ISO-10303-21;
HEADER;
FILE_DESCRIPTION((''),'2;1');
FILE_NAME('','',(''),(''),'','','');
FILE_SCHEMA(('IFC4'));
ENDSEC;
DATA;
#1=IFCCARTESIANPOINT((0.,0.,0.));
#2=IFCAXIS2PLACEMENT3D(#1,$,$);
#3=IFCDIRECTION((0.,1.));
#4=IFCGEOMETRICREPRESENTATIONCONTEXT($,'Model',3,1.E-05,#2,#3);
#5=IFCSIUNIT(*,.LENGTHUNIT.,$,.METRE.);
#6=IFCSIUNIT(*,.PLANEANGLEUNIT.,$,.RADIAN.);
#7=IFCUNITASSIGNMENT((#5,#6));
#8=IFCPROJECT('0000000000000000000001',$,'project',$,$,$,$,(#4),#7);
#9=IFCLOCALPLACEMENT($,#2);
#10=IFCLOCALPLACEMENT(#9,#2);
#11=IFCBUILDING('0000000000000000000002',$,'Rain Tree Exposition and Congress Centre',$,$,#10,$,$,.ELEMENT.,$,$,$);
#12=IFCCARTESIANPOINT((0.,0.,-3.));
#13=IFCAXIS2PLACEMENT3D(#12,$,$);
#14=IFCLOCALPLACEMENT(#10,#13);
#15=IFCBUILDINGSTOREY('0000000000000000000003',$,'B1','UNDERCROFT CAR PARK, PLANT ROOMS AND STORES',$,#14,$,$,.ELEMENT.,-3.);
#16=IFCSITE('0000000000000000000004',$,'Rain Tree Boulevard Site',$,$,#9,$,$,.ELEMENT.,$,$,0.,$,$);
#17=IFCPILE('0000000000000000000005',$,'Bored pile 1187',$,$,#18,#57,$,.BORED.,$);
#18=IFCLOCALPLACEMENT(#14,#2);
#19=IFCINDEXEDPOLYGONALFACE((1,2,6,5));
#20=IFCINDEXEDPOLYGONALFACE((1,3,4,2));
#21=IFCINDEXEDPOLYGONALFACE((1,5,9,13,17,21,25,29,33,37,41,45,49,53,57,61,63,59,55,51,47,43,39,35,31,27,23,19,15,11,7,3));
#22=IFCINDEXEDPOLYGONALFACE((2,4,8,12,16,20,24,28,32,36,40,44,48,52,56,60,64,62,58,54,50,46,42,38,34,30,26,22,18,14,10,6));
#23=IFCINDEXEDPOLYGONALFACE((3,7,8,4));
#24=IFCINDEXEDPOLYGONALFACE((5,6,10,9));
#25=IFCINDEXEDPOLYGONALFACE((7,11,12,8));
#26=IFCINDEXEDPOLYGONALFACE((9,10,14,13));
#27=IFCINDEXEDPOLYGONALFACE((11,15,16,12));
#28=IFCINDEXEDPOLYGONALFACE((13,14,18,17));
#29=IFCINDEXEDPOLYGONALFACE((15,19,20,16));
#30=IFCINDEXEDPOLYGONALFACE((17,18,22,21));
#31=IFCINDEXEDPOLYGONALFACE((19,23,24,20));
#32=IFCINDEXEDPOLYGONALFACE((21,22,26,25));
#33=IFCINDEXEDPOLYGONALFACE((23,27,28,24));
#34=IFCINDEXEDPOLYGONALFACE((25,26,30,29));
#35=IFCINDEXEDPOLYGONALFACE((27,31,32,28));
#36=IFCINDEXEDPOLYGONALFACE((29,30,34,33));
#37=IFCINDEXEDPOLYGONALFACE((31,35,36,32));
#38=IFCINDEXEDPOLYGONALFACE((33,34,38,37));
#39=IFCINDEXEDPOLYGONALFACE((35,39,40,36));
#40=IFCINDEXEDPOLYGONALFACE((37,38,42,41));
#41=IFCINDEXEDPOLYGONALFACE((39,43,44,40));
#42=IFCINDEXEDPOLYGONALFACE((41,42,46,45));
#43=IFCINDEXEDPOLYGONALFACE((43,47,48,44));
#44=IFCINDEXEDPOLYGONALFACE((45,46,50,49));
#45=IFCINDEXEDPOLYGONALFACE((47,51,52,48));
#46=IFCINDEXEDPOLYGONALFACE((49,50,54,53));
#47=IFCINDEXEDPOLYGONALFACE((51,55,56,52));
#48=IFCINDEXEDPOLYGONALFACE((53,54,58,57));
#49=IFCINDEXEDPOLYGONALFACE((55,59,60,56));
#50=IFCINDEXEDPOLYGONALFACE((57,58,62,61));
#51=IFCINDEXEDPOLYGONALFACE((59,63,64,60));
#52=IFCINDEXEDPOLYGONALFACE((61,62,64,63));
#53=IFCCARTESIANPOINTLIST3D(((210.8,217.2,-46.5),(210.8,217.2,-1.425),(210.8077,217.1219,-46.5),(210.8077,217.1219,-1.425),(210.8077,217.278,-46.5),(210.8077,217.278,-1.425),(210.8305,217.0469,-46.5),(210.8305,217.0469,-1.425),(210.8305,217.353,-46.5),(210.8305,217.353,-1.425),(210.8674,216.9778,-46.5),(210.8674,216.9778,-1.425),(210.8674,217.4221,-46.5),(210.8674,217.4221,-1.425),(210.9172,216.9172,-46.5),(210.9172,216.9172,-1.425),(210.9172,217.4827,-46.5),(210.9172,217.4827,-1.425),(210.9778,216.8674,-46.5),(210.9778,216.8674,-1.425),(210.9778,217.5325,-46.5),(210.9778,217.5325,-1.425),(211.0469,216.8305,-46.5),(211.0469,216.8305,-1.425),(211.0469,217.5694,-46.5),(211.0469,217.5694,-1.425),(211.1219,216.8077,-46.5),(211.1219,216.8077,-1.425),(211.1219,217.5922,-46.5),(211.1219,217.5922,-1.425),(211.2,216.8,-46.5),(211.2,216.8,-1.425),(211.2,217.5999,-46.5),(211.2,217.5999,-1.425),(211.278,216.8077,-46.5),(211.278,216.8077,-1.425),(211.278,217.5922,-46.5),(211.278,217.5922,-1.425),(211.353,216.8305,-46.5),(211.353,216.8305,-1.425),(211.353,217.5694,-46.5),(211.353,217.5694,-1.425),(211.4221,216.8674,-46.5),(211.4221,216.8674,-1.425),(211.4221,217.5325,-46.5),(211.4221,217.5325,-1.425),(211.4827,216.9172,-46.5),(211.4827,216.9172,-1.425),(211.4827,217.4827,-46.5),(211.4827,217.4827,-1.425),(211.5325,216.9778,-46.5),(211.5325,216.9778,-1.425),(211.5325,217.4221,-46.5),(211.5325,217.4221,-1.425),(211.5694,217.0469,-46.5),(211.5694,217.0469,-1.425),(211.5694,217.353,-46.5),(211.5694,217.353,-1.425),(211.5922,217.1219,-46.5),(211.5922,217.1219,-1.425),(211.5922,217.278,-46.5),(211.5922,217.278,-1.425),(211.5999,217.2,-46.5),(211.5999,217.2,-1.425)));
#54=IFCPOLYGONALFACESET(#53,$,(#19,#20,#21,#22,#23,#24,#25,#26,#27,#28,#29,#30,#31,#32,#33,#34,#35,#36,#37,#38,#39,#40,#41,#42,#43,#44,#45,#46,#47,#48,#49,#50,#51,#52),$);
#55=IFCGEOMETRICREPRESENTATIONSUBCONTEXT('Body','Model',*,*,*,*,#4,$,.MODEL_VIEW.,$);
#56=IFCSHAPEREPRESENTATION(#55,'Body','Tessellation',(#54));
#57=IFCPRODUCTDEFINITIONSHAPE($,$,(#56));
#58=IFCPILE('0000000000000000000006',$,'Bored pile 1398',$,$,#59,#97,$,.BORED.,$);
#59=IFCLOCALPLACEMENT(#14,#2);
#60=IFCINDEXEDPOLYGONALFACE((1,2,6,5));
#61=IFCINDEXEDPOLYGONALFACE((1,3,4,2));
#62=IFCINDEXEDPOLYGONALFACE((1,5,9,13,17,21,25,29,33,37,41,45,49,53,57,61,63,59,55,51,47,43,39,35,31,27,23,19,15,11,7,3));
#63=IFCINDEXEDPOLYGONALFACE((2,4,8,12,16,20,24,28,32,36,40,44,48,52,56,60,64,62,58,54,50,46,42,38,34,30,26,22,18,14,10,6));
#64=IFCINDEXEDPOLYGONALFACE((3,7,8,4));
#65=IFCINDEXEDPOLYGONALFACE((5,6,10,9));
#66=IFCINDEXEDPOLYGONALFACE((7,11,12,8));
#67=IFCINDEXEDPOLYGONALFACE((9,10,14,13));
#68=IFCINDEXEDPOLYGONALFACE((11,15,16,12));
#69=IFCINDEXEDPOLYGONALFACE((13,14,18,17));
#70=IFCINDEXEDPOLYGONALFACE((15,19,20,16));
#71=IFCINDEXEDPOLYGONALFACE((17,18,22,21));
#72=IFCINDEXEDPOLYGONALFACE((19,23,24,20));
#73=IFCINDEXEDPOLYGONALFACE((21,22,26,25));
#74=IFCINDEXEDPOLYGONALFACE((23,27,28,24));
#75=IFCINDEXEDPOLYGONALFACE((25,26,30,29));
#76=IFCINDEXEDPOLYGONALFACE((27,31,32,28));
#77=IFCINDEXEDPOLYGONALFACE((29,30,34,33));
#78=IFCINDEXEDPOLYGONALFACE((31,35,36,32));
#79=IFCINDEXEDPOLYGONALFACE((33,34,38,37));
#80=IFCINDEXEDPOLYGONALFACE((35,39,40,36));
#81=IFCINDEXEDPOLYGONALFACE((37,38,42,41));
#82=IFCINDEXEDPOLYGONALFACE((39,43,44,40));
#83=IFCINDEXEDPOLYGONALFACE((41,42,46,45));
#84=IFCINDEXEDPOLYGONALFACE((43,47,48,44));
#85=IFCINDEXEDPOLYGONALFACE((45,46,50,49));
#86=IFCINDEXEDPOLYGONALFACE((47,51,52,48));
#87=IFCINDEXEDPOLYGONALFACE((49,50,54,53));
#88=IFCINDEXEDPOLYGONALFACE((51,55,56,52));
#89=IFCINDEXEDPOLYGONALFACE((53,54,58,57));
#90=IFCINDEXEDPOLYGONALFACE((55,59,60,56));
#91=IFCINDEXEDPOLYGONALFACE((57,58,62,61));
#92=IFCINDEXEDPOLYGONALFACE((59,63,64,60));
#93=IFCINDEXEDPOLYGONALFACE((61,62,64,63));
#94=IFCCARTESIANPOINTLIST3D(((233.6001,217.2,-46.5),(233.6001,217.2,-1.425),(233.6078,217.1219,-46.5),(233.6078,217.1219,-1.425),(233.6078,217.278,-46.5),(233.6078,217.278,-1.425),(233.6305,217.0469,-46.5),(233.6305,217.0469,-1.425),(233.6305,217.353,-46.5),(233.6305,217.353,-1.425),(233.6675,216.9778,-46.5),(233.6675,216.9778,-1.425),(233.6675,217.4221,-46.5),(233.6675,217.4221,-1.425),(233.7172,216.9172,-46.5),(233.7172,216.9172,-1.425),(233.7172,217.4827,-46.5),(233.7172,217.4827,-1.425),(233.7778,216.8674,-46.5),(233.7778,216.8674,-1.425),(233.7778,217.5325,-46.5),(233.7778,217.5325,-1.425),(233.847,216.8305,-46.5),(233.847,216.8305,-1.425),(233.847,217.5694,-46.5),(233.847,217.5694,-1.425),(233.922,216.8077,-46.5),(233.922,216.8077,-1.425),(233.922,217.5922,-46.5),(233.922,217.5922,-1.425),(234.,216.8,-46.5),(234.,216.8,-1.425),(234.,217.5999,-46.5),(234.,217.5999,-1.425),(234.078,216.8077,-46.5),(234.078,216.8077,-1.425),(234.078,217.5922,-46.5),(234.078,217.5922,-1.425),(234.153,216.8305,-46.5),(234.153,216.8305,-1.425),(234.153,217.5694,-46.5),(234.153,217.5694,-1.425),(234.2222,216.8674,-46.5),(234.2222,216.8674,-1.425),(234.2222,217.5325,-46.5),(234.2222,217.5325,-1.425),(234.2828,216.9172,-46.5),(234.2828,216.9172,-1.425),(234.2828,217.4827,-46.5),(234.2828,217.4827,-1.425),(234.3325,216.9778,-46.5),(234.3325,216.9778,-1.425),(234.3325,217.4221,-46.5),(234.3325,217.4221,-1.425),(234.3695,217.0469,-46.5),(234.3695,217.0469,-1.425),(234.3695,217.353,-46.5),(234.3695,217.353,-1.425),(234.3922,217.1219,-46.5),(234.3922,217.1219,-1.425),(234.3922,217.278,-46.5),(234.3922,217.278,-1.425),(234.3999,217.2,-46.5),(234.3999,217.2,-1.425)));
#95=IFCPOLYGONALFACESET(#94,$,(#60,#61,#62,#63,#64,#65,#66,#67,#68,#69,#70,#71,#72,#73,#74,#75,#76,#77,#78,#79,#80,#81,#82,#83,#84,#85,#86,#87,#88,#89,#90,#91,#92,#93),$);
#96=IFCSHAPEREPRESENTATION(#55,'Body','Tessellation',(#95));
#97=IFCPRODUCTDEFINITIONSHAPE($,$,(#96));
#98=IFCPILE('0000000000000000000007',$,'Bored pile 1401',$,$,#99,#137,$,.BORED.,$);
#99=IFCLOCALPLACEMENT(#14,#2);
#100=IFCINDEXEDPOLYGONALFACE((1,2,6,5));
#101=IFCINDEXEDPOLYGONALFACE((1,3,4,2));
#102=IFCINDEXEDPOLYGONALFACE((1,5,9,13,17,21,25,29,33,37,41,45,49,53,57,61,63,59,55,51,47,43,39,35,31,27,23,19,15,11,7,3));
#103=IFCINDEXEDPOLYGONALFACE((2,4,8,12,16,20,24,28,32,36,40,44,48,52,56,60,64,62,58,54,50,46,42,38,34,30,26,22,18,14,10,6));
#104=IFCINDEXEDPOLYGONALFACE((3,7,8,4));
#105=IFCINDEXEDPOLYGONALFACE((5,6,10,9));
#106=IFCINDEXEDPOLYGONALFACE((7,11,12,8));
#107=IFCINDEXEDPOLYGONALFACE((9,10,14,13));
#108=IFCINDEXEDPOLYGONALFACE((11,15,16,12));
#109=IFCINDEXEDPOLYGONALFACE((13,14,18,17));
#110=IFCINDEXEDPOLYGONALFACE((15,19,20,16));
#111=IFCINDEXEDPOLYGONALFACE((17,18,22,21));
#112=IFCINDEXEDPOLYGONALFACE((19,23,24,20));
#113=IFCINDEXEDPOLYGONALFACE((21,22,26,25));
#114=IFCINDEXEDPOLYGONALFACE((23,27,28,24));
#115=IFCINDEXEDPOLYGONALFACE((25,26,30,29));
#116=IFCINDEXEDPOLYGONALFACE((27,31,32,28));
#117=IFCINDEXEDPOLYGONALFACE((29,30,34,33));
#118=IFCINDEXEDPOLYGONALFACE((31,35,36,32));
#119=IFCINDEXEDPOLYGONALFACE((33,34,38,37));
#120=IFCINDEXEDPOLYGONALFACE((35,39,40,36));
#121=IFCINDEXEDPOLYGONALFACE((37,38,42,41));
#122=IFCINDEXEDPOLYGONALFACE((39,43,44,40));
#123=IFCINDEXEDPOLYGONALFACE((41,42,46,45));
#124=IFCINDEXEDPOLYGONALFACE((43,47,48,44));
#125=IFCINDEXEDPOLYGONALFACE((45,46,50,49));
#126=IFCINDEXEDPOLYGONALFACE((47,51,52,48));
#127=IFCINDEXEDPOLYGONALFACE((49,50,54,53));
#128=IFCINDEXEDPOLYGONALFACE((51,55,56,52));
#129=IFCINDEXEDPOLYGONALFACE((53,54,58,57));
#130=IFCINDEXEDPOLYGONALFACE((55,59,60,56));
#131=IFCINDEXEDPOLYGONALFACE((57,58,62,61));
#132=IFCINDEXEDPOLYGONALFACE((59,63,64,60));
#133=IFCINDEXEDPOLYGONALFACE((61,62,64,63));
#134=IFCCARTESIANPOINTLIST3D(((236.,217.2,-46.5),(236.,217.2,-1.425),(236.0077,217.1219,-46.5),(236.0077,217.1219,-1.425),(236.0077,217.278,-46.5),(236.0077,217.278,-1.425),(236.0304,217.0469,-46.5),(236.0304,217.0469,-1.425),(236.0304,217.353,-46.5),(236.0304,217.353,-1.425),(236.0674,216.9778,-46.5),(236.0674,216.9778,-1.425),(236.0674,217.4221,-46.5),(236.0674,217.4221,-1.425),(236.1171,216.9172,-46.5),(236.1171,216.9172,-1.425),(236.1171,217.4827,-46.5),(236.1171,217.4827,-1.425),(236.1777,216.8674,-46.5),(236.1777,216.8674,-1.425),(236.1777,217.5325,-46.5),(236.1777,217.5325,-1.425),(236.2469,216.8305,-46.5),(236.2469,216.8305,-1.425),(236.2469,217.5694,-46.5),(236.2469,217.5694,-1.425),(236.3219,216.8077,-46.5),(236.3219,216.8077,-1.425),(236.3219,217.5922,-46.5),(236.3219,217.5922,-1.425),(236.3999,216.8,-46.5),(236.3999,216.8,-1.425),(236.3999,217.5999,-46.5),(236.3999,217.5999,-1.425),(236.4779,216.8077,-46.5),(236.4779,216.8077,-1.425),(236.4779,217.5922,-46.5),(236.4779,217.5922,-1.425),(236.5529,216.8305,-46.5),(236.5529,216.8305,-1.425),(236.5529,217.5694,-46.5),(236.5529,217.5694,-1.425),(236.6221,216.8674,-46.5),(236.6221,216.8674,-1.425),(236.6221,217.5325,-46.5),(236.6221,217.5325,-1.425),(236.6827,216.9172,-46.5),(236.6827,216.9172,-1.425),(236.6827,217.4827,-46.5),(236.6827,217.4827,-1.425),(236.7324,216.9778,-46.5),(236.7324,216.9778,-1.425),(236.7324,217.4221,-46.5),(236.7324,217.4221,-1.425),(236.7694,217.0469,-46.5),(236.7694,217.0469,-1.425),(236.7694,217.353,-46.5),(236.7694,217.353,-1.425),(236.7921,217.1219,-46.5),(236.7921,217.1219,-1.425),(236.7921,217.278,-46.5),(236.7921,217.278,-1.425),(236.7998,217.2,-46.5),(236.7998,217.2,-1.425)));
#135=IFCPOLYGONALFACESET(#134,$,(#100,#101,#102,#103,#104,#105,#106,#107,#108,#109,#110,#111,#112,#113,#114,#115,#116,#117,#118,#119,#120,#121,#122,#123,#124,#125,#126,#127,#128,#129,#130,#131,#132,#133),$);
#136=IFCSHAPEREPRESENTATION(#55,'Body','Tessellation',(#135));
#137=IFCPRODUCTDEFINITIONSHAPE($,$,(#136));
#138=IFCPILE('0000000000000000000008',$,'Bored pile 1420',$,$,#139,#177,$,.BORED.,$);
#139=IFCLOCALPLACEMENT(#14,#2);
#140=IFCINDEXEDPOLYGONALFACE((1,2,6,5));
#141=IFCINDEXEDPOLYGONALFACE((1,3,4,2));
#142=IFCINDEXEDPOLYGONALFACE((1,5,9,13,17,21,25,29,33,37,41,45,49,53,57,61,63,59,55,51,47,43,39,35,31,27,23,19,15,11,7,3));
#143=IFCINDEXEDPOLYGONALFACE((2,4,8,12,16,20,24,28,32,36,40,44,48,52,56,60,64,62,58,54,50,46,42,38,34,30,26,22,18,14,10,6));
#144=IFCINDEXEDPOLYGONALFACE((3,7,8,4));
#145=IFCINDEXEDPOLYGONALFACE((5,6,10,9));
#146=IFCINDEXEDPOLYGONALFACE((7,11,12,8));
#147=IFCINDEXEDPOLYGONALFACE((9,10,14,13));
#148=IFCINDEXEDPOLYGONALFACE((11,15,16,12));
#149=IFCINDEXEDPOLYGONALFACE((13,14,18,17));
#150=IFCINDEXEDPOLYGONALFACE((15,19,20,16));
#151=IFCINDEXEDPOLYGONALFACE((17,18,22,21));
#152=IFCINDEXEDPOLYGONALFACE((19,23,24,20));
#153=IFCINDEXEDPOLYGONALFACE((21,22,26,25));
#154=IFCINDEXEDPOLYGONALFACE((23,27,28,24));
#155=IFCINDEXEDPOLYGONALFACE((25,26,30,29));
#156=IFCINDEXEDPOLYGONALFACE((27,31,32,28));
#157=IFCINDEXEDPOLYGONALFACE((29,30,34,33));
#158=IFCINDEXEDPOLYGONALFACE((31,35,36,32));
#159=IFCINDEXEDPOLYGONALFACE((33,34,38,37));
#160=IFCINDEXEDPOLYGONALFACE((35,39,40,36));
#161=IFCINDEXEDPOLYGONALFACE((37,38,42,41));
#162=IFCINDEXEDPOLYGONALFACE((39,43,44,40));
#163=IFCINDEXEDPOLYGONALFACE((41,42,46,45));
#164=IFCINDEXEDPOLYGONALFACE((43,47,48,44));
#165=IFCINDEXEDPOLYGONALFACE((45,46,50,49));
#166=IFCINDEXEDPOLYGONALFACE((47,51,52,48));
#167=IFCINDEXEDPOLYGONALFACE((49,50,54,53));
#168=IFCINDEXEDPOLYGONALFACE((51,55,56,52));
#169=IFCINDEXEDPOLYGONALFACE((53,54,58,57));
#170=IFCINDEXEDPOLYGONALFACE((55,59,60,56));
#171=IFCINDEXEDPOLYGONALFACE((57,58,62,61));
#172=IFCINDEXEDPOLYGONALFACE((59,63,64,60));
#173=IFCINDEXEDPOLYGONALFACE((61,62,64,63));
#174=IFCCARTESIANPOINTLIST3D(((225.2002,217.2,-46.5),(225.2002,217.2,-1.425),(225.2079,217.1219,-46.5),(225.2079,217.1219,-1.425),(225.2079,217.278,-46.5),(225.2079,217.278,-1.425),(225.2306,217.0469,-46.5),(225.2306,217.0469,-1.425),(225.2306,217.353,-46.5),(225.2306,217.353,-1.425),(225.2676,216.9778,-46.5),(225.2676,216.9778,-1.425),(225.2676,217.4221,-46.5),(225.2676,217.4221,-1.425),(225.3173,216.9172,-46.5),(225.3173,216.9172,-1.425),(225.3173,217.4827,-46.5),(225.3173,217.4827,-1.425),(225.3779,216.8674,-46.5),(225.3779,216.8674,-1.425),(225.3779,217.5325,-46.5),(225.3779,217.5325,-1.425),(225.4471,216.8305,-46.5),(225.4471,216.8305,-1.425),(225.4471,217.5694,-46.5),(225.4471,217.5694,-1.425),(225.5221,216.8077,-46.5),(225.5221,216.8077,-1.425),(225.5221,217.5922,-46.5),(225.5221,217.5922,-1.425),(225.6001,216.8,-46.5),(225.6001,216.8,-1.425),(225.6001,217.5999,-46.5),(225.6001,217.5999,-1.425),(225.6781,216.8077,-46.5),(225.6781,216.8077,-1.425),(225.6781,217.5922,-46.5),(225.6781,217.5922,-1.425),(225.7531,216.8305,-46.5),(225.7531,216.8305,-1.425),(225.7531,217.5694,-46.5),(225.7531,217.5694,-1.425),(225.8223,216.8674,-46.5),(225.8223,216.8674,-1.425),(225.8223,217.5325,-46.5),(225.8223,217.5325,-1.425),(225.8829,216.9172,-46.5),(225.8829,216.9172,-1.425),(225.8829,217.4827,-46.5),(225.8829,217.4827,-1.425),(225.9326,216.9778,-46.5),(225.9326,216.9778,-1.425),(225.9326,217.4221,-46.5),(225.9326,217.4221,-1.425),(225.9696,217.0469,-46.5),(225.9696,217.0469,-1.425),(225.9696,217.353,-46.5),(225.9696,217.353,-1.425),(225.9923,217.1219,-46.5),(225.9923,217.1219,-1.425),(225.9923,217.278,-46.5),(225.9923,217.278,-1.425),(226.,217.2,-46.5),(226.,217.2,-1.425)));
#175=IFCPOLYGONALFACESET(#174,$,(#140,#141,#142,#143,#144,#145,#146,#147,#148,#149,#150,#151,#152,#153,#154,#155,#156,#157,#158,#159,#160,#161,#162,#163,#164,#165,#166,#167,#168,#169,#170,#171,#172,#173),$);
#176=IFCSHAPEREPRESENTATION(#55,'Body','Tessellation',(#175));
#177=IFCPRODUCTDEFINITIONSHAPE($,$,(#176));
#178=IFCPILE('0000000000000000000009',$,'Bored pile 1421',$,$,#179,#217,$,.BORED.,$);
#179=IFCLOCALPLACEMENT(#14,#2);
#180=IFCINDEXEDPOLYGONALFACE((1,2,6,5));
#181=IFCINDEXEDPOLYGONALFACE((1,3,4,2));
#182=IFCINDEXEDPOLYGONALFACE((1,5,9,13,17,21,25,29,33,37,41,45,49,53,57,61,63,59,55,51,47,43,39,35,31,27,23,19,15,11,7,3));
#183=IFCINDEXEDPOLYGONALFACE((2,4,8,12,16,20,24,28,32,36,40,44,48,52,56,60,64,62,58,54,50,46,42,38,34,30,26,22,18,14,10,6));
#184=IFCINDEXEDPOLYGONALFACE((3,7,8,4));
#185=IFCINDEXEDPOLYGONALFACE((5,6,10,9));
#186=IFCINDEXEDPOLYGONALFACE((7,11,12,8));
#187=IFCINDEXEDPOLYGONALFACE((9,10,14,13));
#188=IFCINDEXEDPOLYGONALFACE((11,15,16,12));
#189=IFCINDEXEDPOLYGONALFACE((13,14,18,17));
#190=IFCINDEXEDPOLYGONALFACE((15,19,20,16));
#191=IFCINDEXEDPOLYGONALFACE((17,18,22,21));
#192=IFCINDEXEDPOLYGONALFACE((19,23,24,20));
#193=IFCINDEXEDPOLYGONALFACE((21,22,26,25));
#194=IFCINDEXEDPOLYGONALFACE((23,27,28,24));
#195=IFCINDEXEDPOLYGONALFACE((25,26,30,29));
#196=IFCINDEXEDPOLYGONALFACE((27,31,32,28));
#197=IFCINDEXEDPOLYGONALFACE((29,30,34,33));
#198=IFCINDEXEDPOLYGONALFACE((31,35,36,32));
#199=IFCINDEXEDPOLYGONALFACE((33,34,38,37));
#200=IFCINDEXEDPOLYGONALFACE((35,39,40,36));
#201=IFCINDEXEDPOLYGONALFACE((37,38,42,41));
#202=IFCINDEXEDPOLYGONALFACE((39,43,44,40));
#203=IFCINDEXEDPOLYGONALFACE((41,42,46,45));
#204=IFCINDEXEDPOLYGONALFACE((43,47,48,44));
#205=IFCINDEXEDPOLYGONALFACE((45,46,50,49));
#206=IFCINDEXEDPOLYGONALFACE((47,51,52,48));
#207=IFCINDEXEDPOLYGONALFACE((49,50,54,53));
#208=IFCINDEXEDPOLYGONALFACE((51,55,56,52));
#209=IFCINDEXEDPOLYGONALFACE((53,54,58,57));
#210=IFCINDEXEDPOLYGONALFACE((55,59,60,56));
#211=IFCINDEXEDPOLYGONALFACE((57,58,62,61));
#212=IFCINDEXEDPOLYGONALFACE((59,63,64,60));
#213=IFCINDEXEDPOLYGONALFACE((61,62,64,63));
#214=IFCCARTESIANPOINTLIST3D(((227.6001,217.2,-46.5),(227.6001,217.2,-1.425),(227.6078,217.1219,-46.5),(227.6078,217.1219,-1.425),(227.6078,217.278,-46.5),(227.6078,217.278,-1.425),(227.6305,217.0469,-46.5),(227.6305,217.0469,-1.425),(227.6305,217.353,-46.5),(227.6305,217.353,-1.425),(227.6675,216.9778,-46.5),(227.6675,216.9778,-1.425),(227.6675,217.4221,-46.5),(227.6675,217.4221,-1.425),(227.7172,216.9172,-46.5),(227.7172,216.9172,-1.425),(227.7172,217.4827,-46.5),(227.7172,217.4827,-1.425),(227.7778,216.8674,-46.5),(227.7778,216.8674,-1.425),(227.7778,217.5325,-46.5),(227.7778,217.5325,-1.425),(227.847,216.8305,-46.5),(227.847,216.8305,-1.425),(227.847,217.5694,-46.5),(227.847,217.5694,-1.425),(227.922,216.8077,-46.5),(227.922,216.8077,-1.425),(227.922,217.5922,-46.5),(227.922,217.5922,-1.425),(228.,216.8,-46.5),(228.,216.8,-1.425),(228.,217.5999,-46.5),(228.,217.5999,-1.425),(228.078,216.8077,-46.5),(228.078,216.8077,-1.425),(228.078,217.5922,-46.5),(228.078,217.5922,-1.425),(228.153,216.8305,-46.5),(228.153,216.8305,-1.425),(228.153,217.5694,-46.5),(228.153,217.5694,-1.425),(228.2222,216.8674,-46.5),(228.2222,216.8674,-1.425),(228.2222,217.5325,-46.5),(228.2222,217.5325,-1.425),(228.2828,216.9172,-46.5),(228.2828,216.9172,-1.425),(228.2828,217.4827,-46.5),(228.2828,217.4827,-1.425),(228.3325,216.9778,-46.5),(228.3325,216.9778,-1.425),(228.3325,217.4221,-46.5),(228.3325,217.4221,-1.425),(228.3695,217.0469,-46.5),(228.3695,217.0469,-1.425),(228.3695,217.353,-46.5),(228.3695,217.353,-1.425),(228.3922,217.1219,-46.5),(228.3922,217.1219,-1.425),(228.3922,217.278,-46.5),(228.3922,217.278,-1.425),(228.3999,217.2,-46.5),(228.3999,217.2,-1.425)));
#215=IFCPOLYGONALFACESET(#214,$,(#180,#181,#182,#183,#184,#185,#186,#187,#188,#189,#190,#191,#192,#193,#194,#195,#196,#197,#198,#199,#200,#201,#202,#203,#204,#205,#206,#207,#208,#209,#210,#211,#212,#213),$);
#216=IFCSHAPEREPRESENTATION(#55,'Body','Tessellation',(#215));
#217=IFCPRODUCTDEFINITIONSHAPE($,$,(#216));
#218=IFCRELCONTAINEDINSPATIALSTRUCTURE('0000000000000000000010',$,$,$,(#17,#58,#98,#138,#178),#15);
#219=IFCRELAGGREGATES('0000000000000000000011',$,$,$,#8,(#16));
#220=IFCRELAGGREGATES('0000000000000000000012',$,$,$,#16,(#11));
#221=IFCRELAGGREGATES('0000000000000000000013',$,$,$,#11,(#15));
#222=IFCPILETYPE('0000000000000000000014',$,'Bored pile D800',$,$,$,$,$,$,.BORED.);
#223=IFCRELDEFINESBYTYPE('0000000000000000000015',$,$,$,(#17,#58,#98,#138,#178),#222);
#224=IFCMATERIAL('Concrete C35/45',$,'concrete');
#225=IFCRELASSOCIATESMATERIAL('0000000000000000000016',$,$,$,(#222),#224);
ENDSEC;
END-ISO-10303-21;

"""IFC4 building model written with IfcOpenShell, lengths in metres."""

from ifc_helpers import new_model, si_unit, direction, frame, origin, origin_2d, place, context, subcontext, project, spatial, circle, extrude, material, material_profile, profile_set, type_object, element, save


model = new_model("IFC4")

# Units and contexts
model_context = context("Model", 3, precision=1e-05, world=origin(), true_north=direction((0.0, 1.0)))
body_context = subcontext(model_context, "Body", "Model", "MODEL_VIEW")
ifc_project = project(units=[si_unit("LENGTHUNIT", "METRE"), si_unit("PLANEANGLEUNIT", "RADIAN")], contexts=[model_context])

# Site, building, storey
site_placement = place(None, origin())
site = spatial("IfcSite", under=ifc_project, at=site_placement, Name="Rain Tree Boulevard Site", CompositionType="ELEMENT", RefElevation=0.0)
building_placement = place(site_placement, origin())
building = spatial("IfcBuilding", under=site, at=building_placement, Name="Rain Tree Exposition and Congress Centre", CompositionType="ELEMENT")
storey_placement = place(building_placement, frame((0.0, 0.0, -3.0)))
storey = spatial("IfcBuildingStorey", under=building, at=storey_placement, Name="B1", Description="UNDERCROFT CAR PARK, PLANT ROOMS AND STORES", CompositionType="ELEMENT", Elevation=-3.0)

# Piles
ifc_material_1 = material(Name="Concrete C35/45", Category="concrete")
ifc_material_profile_1 = material_profile(ifc_material_1, circle(Radius=0.3999, at=origin_2d()), Name="D800")
ifc_profile_set_1 = profile_set([ifc_material_profile_1], Name="Concrete C35/45")
pile_type_1 = type_object("IfcPileType", Name="Bored pile D800", PredefinedType="BORED", material=ifc_profile_set_1)
for number, where, z_axis, x_axis, name in (
    (1, (211.2, 217.2, -1.425), (0.0, 0.0, -1.0), (1.0, 0.0, 0.0), "Bored pile 1187"),
    (2, (234.0, 217.2, -1.425), (0.0, 0.0, -1.0), (1.0, 0.0, 0.0), "Bored pile 1398"),
    (3, (236.3999, 217.2, -1.425), (0.0, 0.0, -1.0), (1.0, 0.0, 0.0), "Bored pile 1401"),
    (4, (225.6001, 217.2, -1.425), (0.0, 0.0, -1.0), (1.0, 0.0, 0.0), "Bored pile 1420"),
    (5, (228.0, 217.2, -1.425), (0.0, 0.0, -1.0), (1.0, 0.0, 0.0), "Bored pile 1421"),
):
    element("IfcPile", number, at=place(storey_placement, frame(where, z_axis=z_axis, x_axis=x_axis)), inside=storey, type_object=pile_type_1, Name=name, PredefinedType="BORED", context=body_context, shape_type="SweptSolid", body=[
        extrude(circle(Radius=0.3999, at=origin_2d()), origin(), (0.0, 0.0, 1.0), 45.075),
    ])

save(model, "model.ifc")
